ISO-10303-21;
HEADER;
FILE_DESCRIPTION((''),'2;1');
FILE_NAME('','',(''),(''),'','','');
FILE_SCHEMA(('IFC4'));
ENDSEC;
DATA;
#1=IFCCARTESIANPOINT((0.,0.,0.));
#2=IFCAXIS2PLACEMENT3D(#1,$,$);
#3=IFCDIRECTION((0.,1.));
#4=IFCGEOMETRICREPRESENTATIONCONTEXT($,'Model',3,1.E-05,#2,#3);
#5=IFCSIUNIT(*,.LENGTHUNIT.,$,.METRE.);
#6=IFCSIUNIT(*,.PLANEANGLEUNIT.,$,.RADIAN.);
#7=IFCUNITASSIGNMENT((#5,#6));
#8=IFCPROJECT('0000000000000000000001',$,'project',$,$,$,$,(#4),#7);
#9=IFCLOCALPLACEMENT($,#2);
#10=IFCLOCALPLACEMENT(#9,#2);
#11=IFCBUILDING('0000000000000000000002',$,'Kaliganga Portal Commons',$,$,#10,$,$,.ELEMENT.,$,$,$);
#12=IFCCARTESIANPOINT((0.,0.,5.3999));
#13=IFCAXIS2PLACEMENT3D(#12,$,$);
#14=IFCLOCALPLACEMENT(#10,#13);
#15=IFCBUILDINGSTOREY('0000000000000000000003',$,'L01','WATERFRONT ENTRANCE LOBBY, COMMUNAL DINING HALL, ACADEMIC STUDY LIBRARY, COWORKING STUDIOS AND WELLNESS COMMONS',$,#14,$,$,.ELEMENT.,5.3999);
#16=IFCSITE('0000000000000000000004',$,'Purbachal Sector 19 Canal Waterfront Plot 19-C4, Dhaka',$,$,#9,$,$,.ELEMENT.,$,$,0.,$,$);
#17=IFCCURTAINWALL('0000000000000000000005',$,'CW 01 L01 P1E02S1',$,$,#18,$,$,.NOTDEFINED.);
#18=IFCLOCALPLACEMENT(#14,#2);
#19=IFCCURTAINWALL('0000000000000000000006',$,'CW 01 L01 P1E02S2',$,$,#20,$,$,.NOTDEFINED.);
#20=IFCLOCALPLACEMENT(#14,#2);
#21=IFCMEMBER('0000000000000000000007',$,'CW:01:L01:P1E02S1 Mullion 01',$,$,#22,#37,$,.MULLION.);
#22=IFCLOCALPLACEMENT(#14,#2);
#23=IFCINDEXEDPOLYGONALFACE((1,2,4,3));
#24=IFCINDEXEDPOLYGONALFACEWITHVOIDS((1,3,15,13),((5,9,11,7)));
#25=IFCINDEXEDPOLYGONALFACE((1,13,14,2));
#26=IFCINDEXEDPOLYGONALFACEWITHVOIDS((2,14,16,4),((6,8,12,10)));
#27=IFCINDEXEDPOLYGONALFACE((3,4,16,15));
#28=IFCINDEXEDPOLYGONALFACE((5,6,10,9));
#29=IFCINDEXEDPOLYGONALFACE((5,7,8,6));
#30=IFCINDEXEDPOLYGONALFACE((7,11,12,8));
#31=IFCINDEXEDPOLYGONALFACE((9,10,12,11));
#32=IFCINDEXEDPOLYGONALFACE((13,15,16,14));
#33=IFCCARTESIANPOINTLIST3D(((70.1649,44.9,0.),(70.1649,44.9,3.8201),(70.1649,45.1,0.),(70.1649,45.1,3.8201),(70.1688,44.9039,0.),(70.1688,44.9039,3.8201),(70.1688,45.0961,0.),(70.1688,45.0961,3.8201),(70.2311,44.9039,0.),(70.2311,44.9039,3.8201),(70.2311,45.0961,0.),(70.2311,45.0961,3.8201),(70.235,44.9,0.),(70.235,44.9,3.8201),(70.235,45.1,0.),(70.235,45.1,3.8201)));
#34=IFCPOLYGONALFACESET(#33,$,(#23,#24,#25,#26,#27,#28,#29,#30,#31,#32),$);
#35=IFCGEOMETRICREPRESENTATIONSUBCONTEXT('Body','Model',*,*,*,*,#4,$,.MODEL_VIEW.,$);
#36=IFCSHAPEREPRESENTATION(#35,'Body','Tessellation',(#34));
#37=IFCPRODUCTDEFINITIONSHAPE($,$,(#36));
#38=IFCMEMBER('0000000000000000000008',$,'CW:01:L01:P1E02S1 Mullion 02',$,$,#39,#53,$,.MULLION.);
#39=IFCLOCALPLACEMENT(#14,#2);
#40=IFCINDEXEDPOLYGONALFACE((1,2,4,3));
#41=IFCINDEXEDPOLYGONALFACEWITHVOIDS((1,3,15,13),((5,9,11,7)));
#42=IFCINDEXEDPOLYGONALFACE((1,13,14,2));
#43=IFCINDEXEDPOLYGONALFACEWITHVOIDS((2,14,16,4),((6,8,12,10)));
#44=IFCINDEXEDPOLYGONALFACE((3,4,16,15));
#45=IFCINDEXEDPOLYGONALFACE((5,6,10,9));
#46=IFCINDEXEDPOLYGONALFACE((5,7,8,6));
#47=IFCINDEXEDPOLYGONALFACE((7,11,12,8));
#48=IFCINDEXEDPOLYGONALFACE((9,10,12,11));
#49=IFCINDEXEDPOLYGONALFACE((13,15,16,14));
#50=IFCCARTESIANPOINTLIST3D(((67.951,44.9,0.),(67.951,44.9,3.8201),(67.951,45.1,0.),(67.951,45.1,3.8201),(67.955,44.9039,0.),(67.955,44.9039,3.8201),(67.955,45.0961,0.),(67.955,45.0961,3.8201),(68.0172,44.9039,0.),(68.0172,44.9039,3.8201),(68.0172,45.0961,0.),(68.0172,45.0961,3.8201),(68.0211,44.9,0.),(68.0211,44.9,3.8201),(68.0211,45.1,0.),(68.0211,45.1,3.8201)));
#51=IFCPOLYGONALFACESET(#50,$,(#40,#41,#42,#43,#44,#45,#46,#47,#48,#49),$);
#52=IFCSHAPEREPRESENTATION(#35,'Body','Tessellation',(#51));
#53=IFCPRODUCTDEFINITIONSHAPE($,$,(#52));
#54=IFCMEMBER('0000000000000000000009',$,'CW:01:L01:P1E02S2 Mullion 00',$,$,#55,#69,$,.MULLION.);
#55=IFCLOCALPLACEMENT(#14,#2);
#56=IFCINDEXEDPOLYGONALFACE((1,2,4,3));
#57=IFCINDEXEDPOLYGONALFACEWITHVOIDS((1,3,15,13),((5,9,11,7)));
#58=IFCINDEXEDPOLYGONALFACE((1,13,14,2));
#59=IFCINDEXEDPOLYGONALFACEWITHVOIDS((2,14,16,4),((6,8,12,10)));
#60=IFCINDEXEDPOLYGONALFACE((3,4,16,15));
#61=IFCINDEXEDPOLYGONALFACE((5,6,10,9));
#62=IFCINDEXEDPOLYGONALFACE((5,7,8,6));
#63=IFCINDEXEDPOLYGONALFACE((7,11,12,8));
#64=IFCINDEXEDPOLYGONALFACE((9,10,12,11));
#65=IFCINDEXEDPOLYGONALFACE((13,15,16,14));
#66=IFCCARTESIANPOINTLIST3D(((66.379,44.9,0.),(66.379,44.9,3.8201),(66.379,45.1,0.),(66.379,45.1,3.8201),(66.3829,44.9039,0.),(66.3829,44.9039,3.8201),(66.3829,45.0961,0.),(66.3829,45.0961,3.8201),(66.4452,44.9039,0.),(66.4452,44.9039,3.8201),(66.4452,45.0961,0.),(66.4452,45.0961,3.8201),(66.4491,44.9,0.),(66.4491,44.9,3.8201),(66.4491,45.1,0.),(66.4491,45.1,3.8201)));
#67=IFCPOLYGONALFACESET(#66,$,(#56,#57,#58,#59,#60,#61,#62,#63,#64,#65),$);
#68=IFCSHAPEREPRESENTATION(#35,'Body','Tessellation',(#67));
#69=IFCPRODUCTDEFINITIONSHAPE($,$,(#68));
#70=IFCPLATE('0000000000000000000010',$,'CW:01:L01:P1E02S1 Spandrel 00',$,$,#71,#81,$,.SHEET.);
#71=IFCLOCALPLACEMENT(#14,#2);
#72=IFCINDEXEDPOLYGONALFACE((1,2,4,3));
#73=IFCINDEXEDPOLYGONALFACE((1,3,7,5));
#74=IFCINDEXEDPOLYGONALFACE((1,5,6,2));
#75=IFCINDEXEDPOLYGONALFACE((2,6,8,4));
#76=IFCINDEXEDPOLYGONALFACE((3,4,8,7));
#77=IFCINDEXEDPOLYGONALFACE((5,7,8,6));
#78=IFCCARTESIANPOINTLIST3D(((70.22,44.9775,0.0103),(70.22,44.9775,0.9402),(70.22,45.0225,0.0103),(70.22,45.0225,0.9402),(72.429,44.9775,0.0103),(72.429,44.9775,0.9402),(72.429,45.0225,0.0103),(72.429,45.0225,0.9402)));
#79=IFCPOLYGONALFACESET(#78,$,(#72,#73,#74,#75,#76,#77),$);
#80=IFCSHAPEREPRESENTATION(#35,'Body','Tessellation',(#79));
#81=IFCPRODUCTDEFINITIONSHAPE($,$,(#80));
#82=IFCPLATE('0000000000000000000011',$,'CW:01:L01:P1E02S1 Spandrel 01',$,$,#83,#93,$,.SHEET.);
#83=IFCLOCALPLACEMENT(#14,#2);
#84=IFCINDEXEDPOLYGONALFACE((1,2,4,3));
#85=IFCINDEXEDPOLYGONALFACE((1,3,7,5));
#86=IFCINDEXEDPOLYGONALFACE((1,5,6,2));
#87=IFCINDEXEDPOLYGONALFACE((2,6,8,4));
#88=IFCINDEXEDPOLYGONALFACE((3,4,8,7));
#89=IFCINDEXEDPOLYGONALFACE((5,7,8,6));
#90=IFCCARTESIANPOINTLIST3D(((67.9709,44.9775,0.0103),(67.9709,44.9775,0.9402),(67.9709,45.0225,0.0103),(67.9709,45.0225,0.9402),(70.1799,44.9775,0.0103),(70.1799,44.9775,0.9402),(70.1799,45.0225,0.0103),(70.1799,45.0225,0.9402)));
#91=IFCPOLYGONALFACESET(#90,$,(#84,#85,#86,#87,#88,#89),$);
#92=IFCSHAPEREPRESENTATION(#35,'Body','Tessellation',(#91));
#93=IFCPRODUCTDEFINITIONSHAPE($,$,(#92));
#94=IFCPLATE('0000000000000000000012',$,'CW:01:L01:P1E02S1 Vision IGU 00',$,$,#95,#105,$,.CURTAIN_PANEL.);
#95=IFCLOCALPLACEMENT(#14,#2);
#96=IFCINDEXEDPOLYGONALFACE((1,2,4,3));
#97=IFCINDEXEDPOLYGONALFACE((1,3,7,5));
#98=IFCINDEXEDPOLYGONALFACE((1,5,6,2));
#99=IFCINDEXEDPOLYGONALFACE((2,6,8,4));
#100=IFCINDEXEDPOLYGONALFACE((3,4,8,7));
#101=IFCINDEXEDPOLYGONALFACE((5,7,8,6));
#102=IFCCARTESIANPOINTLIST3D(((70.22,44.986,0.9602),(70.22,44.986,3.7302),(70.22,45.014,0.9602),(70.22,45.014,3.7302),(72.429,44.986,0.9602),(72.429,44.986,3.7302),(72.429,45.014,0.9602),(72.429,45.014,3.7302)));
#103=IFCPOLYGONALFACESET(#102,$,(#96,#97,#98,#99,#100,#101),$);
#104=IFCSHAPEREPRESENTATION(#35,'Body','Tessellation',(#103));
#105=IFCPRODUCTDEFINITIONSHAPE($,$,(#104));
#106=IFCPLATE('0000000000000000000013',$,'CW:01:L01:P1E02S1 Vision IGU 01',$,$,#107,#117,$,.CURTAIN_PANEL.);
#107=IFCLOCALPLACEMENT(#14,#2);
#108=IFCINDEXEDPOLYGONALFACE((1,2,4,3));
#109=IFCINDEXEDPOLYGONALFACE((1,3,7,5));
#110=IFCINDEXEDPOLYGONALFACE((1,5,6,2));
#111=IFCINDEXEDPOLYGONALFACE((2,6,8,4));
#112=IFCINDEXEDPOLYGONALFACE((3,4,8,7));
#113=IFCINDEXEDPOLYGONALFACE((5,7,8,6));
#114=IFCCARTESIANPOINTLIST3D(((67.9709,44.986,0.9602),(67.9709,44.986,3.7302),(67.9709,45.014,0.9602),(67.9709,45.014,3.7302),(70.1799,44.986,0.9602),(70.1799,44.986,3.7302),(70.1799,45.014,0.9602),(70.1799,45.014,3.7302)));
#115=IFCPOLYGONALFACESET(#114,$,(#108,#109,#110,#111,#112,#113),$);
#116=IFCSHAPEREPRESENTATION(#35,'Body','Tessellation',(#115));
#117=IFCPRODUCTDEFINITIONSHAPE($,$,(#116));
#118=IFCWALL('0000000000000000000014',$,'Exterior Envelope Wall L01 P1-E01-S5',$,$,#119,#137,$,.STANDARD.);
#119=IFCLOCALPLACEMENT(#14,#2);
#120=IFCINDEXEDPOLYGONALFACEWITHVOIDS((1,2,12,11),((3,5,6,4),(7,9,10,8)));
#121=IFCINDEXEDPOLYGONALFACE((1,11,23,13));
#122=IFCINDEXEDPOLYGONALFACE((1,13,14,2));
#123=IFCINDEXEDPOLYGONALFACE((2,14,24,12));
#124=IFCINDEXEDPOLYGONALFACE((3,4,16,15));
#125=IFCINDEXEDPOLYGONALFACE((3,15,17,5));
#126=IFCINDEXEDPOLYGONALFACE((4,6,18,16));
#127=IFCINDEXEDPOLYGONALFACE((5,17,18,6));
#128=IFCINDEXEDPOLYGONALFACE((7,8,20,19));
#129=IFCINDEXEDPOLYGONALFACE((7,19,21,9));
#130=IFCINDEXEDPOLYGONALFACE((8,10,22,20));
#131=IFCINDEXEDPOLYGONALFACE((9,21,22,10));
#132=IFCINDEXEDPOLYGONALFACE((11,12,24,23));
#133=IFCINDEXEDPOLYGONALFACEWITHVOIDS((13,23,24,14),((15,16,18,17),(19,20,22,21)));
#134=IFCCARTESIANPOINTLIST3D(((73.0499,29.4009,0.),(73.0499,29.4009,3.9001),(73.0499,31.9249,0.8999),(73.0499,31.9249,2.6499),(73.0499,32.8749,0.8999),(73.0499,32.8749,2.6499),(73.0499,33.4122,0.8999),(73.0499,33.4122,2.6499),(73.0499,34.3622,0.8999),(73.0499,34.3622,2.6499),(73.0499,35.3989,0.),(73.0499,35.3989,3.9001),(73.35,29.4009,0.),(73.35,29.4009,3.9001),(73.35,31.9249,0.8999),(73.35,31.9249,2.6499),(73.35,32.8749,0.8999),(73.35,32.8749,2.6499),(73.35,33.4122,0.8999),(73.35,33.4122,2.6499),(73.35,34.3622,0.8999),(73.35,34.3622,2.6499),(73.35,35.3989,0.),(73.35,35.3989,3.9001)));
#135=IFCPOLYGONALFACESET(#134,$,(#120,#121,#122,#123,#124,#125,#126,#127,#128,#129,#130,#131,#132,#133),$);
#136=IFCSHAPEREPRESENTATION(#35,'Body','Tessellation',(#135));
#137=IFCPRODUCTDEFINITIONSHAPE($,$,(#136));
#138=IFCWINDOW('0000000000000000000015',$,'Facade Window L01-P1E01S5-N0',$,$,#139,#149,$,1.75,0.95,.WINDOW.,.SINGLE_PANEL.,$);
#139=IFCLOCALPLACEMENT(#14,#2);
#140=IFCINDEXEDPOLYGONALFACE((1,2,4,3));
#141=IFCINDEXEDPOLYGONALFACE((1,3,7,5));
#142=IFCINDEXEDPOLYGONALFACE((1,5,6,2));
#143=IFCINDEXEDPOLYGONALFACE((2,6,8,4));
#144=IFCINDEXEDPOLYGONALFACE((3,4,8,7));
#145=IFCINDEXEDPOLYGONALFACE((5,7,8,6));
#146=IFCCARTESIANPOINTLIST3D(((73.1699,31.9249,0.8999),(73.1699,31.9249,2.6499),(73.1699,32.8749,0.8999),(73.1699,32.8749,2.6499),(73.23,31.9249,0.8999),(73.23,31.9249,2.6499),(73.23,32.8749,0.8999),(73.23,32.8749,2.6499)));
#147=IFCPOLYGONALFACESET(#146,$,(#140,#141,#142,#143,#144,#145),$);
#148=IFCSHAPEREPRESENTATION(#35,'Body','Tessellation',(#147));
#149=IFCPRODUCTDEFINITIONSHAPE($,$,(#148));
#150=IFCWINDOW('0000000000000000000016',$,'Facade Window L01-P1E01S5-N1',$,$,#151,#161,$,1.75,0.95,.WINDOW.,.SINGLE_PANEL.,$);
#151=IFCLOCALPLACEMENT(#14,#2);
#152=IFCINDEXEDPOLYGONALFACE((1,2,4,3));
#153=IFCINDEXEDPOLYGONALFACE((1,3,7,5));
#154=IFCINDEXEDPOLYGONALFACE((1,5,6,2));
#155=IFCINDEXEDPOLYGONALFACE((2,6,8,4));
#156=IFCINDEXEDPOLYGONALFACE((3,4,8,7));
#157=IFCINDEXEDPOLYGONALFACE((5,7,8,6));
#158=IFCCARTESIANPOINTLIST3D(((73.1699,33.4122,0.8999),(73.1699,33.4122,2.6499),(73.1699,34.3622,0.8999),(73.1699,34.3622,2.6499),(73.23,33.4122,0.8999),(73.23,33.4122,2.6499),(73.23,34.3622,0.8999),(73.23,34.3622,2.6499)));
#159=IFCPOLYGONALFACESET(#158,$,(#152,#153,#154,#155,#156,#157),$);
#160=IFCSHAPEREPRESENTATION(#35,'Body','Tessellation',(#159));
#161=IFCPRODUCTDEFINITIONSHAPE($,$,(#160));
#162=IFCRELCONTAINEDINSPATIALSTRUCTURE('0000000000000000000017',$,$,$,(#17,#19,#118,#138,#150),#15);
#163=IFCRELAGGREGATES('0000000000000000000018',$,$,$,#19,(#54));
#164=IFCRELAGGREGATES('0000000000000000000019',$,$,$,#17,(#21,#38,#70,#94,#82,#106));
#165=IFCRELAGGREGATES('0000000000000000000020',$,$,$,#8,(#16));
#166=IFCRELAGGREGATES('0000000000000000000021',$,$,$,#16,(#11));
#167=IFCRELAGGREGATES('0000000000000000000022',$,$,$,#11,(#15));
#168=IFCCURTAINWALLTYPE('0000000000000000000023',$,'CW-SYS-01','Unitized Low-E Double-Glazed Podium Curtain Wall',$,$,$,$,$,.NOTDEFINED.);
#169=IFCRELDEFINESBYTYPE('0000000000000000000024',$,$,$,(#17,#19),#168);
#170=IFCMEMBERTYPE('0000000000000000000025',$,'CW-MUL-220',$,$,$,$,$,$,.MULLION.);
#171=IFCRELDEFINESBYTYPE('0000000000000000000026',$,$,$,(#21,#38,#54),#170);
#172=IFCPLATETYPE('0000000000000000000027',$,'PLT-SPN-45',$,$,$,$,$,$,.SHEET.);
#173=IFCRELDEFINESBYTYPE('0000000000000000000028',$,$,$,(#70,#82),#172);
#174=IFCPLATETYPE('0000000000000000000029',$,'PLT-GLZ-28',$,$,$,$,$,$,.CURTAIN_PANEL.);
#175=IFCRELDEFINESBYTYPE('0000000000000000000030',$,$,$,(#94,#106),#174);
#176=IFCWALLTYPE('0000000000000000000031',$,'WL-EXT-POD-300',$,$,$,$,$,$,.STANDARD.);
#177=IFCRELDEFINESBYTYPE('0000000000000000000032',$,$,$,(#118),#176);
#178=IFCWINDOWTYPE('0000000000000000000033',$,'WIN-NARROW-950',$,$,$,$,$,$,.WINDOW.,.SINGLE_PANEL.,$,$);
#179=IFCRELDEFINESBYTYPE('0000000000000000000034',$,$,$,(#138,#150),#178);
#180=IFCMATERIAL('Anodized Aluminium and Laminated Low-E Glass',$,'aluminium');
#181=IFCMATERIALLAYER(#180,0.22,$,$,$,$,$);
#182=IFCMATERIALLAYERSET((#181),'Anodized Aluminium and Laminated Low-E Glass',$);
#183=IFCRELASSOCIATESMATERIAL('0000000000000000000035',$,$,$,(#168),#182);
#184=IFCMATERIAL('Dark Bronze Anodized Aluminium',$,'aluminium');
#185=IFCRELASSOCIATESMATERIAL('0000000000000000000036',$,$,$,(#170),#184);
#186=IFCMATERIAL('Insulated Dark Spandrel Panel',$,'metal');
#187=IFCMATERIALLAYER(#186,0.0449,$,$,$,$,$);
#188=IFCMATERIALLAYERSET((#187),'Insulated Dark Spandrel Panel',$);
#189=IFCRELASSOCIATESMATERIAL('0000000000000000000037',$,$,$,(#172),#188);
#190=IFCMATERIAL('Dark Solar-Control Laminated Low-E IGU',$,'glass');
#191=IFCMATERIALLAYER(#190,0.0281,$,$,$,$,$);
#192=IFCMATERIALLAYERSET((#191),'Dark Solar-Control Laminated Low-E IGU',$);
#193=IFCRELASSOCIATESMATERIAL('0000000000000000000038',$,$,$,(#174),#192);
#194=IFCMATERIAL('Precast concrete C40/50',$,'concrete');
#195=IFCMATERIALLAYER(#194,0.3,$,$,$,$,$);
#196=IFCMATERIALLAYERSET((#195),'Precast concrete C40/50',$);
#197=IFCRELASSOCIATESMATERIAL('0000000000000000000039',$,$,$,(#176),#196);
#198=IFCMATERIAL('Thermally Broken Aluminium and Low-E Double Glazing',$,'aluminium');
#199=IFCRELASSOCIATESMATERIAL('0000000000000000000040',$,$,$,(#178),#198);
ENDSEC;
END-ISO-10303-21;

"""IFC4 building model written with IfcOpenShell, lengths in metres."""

from ifc_helpers import new_model, si_unit, direction, frame, frame_2d, origin, origin_2d, place, context, subcontext, project, spatial, rectangle, hollow_rectangle, extrude, source, transform, mapped, material, layer, layer_set, material_profile, profile_set, type_object, element, fill, aggregate, save


model = new_model("IFC4")

# Units and contexts
model_context = context("Model", 3, precision=1e-05, world=origin(), true_north=direction((0.0, 1.0)))
body_context = subcontext(model_context, "Body", "Model", "MODEL_VIEW")
ifc_project = project(units=[si_unit("LENGTHUNIT", "METRE"), si_unit("PLANEANGLEUNIT", "RADIAN")], contexts=[model_context])

# Site, building, storey
site_placement = place(None, origin())
site = spatial("IfcSite", under=ifc_project, at=site_placement, Name="Purbachal Sector 19 Canal Waterfront Plot 19-C4, Dhaka", CompositionType="ELEMENT", RefElevation=0.0)
building_placement = place(site_placement, origin())
building = spatial("IfcBuilding", under=site, at=building_placement, Name="Kaliganga Portal Commons", CompositionType="ELEMENT")
storey_placement = place(building_placement, frame((0.0, 0.0, 5.3999)))
storey = spatial("IfcBuildingStorey", under=building, at=storey_placement, Name="L01", Description="WATERFRONT ENTRANCE LOBBY, COMMUNAL DINING HALL, ACADEMIC STUDY LIBRARY, COWORKING STUDIOS AND WELLNESS COMMONS", CompositionType="ELEMENT", Elevation=5.3999)

# Curtain walls
ifc_material_1 = material(Name="Anodized Aluminium and Laminated Low-E Glass", Category="aluminium")
ifc_layer_1 = layer(ifc_material_1, 0.22)
ifc_layer_set_1 = layer_set([ifc_layer_1], Name="Anodized Aluminium and Laminated Low-E Glass")
curtain_wall_type = type_object("IfcCurtainWallType", Name="CW-SYS-01", Description="Unitized Low-E Double-Glazed Podium Curtain Wall", PredefinedType="NOTDEFINED", material=ifc_layer_set_1)
curtain_wall_1_placement = place(storey_placement, origin())
curtain_wall_1 = element("IfcCurtainWall", 1, at=curtain_wall_1_placement, inside=storey, type_object=curtain_wall_type, Name="CW 01 L01 P1E02S1", PredefinedType="NOTDEFINED")
ifc_material_2 = material(Name="Dark Bronze Anodized Aluminium", Category="aluminium")
curtain_wall_2_placement = place(storey_placement, origin())
curtain_wall_2 = element("IfcCurtainWall", 2, at=curtain_wall_2_placement, inside=storey, type_object=curtain_wall_type, Name="CW 01 L01 P1E02S2", PredefinedType="NOTDEFINED")

# Members
ifc_material_profile_1 = material_profile(ifc_material_2, hollow_rectangle(XDim=0.0701, YDim=0.2, WallThickness=0.0039, at=origin_2d()), Name="ALU MULL 70x200x4")
ifc_profile_set_1 = profile_set([ifc_material_profile_1], Name="Dark Bronze Anodized Aluminium")
member_type_1 = type_object("IfcMemberType", Name="CW-MUL-220", PredefinedType="MULLION", material=ifc_profile_set_1)
shared_shape_1 = source(origin(), body_context, "Body", "SweptSolid", [
    extrude(hollow_rectangle(XDim=0.0701, YDim=0.2, WallThickness=0.0039, at=origin_2d()), origin(), (0.0, 0.0, 1.0), 3.8201),
])
member_1_placement = place(storey_placement, frame((70.2, 45.0, 0.0), z_axis=(0.0, 0.0, 1.0), x_axis=(-1.0, 0.0, 0.0)))
member_1 = element("IfcMember", 3, at=member_1_placement, type_object=member_type_1, Name="CW:01:L01:P1E02S1 Mullion 01", PredefinedType="MULLION", context=body_context, shape_type="MappedRepresentation", body=[
    mapped(shared_shape_1, transform((0.0, 0.0, 0.0), x_axis=(1.0, 0.0, 0.0), y_axis=(0.0, 1.0, 0.0), z_axis=(0.0, 0.0, 1.0), scale=1.0)),
])
member_2_placement = place(storey_placement, frame((67.9861, 45.0, 0.0), z_axis=(0.0, 0.0, 1.0), x_axis=(-1.0, 0.0, 0.0)))
member_2 = element("IfcMember", 4, at=member_2_placement, type_object=member_type_1, Name="CW:01:L01:P1E02S1 Mullion 02", PredefinedType="MULLION", context=body_context, shape_type="MappedRepresentation", body=[
    mapped(shared_shape_1, transform((0.0, 0.0, 0.0), x_axis=(1.0, 0.0, 0.0), y_axis=(0.0, 1.0, 0.0), z_axis=(0.0, 0.0, 1.0), scale=1.0)),
])
member_3_placement = place(storey_placement, frame((66.4141, 45.0, 0.0), z_axis=(0.0, 0.0, 1.0), x_axis=(-1.0, 0.0, 0.0)))
member_3 = element("IfcMember", 5, at=member_3_placement, type_object=member_type_1, Name="CW:01:L01:P1E02S2 Mullion 00", PredefinedType="MULLION", context=body_context, shape_type="MappedRepresentation", body=[
    mapped(shared_shape_1, transform((0.0, 0.0, 0.0), x_axis=(1.0, 0.0, 0.0), y_axis=(0.0, 1.0, 0.0), z_axis=(0.0, 0.0, 1.0), scale=1.0)),
])
aggregate(curtain_wall_2, [member_3])

# Plates
ifc_material_3 = material(Name="Insulated Dark Spandrel Panel", Category="metal")
ifc_layer_2 = layer(ifc_material_3, 0.0449)
ifc_layer_set_2 = layer_set([ifc_layer_2], Name="Insulated Dark Spandrel Panel")
plate_type_1 = type_object("IfcPlateType", Name="PLT-SPN-45", PredefinedType="SHEET", material=ifc_layer_set_2)
shared_shape_2 = source(origin(), body_context, "Body", "SweptSolid", [
    extrude(rectangle(XDim=2.209, YDim=0.0449, at=origin_2d()), origin(), (0.0, 0.0, 1.0), 0.9299),
])
plate_1_placement = place(storey_placement, frame((71.3245, 45.0, 0.0103), z_axis=(0.0, 0.0, 1.0), x_axis=(-1.0, 0.0, 0.0)))
plate_1 = element("IfcPlate", 6, at=plate_1_placement, type_object=plate_type_1, Name="CW:01:L01:P1E02S1 Spandrel 00", PredefinedType="SHEET", context=body_context, shape_type="MappedRepresentation", body=[
    mapped(shared_shape_2, transform((0.0, 0.0, 0.0), x_axis=(1.0, 0.0, 0.0), y_axis=(0.0, 1.0, 0.0), z_axis=(0.0, 0.0, 1.0), scale=1.0)),
])
plate_2_placement = place(storey_placement, frame((69.0754, 45.0, 0.0103), z_axis=(0.0, 0.0, 1.0), x_axis=(-1.0, 0.0, 0.0)))
plate_2 = element("IfcPlate", 7, at=plate_2_placement, type_object=plate_type_1, Name="CW:01:L01:P1E02S1 Spandrel 01", PredefinedType="SHEET", context=body_context, shape_type="MappedRepresentation", body=[
    mapped(shared_shape_2, transform((0.0, 0.0, 0.0), x_axis=(1.0, 0.0, 0.0), y_axis=(0.0, 1.0, 0.0), z_axis=(0.0, 0.0, 1.0), scale=1.0)),
])
ifc_material_4 = material(Name="Dark Solar-Control Laminated Low-E IGU", Category="glass")
ifc_layer_3 = layer(ifc_material_4, 0.0281)
ifc_layer_set_3 = layer_set([ifc_layer_3], Name="Dark Solar-Control Laminated Low-E IGU")
plate_type_2 = type_object("IfcPlateType", Name="PLT-GLZ-28", PredefinedType="CURTAIN_PANEL", material=ifc_layer_set_3)
shared_shape_3 = source(origin(), body_context, "Body", "SweptSolid", [
    extrude(rectangle(XDim=2.209, YDim=0.0281, at=origin_2d()), origin(), (0.0, 0.0, 1.0), 2.77),
])
plate_3_placement = place(storey_placement, frame((71.3245, 45.0, 0.9602), z_axis=(0.0, 0.0, 1.0), x_axis=(-1.0, 0.0, 0.0)))
plate_3 = element("IfcPlate", 8, at=plate_3_placement, type_object=plate_type_2, Name="CW:01:L01:P1E02S1 Vision IGU 00", PredefinedType="CURTAIN_PANEL", context=body_context, shape_type="MappedRepresentation", body=[
    mapped(shared_shape_3, transform((0.0, 0.0, 0.0), x_axis=(1.0, 0.0, 0.0), y_axis=(0.0, 1.0, 0.0), z_axis=(0.0, 0.0, 1.0), scale=1.0)),
])
plate_4_placement = place(storey_placement, frame((69.0754, 45.0, 0.9602), z_axis=(0.0, 0.0, 1.0), x_axis=(-1.0, 0.0, 0.0)))
plate_4 = element("IfcPlate", 9, at=plate_4_placement, type_object=plate_type_2, Name="CW:01:L01:P1E02S1 Vision IGU 01", PredefinedType="CURTAIN_PANEL", context=body_context, shape_type="MappedRepresentation", body=[
    mapped(shared_shape_3, transform((0.0, 0.0, 0.0), x_axis=(1.0, 0.0, 0.0), y_axis=(0.0, 1.0, 0.0), z_axis=(0.0, 0.0, 1.0), scale=1.0)),
])
aggregate(curtain_wall_1, [member_1, member_2, plate_1, plate_3, plate_2, plate_4])

# Wall, openings, windows
ifc_material_5 = material(Name="Precast concrete C40/50", Category="concrete")
ifc_layer_4 = layer(ifc_material_5, 0.3)
ifc_layer_set_4 = layer_set([ifc_layer_4], Name="Precast concrete C40/50")
wall_type_1 = type_object("IfcWallType", Name="WL-EXT-POD-300", PredefinedType="STANDARD", material=ifc_layer_set_4)
wall_1_placement = place(storey_placement, frame((73.2, 35.3989, 0.0), z_axis=(0.0, 0.0, 1.0), x_axis=(0.0, -1.0, 0.0)))
wall_1 = element("IfcWall", 10, at=wall_1_placement, inside=storey, type_object=wall_type_1, Name="Exterior Envelope Wall L01 P1-E01-S5", PredefinedType="STANDARD", context=body_context, shape_type="SweptSolid", body=[
    extrude(rectangle(XDim=5.998, YDim=0.3, at=frame_2d((2.999, 0.0))), origin(), (0.0, 0.0, 1.0), 3.9001),
])
opening_1_placement = place(wall_1_placement, frame((2.5239, 0.0, 0.8999)))
opening_1 = element("IfcOpeningElement", 11, at=opening_1_placement, cuts=wall_1, PredefinedType="OPENING", context=body_context, shape_type="SweptSolid", body=[
    extrude(rectangle(XDim=0.95, YDim=1.75, at=frame_2d((0.4751, 0.875))), frame((0.0, 0.1602, 0.0), z_axis=(0.0, -1.0, 0.0), x_axis=(1.0, 0.0, 0.0)), (0.0, 0.0, 1.0), 0.3201),
])
opening_2_placement = place(wall_1_placement, frame((1.0366, 0.0, 0.8999)))
opening_2 = element("IfcOpeningElement", 12, at=opening_2_placement, cuts=wall_1, PredefinedType="OPENING", context=body_context, shape_type="SweptSolid", body=[
    extrude(rectangle(XDim=0.95, YDim=1.75, at=frame_2d((0.4751, 0.875))), frame((0.0, 0.1602, 0.0), z_axis=(0.0, -1.0, 0.0), x_axis=(1.0, 0.0, 0.0)), (0.0, 0.0, 1.0), 0.3201),
])
ifc_material_6 = material(Name="Thermally Broken Aluminium and Low-E Double Glazing", Category="aluminium")
window_type_1 = type_object("IfcWindowType", Name="WIN-NARROW-950", PartitioningType="SINGLE_PANEL", PredefinedType="WINDOW", material=ifc_material_6)
window_1_placement = place(opening_1_placement, origin())
window_1 = element("IfcWindow", 13, at=window_1_placement, inside=storey, type_object=window_type_1, Name="Facade Window L01-P1E01S5-N0", OverallHeight=1.75, OverallWidth=0.95, PartitioningType="SINGLE_PANEL", PredefinedType="WINDOW", context=body_context, shape_type="SweptSolid", body=[
    extrude(rectangle(XDim=0.95, YDim=1.75, at=frame_2d((0.4751, 0.875))), frame((0.0, 0.03, 0.0), z_axis=(0.0, -1.0, 0.0), x_axis=(1.0, 0.0, 0.0)), (0.0, 0.0, 1.0), 0.0601),
])
fill(opening_1, window_1)
window_2_placement = place(opening_2_placement, origin())
window_2 = element("IfcWindow", 14, at=window_2_placement, inside=storey, type_object=window_type_1, Name="Facade Window L01-P1E01S5-N1", OverallHeight=1.75, OverallWidth=0.95, PartitioningType="SINGLE_PANEL", PredefinedType="WINDOW", context=body_context, shape_type="SweptSolid", body=[
    extrude(rectangle(XDim=0.95, YDim=1.75, at=frame_2d((0.4751, 0.875))), frame((0.0, 0.03, 0.0), z_axis=(0.0, -1.0, 0.0), x_axis=(1.0, 0.0, 0.0)), (0.0, 0.0, 1.0), 0.0601),
])
fill(opening_2, window_2)

save(model, "model.ifc")
